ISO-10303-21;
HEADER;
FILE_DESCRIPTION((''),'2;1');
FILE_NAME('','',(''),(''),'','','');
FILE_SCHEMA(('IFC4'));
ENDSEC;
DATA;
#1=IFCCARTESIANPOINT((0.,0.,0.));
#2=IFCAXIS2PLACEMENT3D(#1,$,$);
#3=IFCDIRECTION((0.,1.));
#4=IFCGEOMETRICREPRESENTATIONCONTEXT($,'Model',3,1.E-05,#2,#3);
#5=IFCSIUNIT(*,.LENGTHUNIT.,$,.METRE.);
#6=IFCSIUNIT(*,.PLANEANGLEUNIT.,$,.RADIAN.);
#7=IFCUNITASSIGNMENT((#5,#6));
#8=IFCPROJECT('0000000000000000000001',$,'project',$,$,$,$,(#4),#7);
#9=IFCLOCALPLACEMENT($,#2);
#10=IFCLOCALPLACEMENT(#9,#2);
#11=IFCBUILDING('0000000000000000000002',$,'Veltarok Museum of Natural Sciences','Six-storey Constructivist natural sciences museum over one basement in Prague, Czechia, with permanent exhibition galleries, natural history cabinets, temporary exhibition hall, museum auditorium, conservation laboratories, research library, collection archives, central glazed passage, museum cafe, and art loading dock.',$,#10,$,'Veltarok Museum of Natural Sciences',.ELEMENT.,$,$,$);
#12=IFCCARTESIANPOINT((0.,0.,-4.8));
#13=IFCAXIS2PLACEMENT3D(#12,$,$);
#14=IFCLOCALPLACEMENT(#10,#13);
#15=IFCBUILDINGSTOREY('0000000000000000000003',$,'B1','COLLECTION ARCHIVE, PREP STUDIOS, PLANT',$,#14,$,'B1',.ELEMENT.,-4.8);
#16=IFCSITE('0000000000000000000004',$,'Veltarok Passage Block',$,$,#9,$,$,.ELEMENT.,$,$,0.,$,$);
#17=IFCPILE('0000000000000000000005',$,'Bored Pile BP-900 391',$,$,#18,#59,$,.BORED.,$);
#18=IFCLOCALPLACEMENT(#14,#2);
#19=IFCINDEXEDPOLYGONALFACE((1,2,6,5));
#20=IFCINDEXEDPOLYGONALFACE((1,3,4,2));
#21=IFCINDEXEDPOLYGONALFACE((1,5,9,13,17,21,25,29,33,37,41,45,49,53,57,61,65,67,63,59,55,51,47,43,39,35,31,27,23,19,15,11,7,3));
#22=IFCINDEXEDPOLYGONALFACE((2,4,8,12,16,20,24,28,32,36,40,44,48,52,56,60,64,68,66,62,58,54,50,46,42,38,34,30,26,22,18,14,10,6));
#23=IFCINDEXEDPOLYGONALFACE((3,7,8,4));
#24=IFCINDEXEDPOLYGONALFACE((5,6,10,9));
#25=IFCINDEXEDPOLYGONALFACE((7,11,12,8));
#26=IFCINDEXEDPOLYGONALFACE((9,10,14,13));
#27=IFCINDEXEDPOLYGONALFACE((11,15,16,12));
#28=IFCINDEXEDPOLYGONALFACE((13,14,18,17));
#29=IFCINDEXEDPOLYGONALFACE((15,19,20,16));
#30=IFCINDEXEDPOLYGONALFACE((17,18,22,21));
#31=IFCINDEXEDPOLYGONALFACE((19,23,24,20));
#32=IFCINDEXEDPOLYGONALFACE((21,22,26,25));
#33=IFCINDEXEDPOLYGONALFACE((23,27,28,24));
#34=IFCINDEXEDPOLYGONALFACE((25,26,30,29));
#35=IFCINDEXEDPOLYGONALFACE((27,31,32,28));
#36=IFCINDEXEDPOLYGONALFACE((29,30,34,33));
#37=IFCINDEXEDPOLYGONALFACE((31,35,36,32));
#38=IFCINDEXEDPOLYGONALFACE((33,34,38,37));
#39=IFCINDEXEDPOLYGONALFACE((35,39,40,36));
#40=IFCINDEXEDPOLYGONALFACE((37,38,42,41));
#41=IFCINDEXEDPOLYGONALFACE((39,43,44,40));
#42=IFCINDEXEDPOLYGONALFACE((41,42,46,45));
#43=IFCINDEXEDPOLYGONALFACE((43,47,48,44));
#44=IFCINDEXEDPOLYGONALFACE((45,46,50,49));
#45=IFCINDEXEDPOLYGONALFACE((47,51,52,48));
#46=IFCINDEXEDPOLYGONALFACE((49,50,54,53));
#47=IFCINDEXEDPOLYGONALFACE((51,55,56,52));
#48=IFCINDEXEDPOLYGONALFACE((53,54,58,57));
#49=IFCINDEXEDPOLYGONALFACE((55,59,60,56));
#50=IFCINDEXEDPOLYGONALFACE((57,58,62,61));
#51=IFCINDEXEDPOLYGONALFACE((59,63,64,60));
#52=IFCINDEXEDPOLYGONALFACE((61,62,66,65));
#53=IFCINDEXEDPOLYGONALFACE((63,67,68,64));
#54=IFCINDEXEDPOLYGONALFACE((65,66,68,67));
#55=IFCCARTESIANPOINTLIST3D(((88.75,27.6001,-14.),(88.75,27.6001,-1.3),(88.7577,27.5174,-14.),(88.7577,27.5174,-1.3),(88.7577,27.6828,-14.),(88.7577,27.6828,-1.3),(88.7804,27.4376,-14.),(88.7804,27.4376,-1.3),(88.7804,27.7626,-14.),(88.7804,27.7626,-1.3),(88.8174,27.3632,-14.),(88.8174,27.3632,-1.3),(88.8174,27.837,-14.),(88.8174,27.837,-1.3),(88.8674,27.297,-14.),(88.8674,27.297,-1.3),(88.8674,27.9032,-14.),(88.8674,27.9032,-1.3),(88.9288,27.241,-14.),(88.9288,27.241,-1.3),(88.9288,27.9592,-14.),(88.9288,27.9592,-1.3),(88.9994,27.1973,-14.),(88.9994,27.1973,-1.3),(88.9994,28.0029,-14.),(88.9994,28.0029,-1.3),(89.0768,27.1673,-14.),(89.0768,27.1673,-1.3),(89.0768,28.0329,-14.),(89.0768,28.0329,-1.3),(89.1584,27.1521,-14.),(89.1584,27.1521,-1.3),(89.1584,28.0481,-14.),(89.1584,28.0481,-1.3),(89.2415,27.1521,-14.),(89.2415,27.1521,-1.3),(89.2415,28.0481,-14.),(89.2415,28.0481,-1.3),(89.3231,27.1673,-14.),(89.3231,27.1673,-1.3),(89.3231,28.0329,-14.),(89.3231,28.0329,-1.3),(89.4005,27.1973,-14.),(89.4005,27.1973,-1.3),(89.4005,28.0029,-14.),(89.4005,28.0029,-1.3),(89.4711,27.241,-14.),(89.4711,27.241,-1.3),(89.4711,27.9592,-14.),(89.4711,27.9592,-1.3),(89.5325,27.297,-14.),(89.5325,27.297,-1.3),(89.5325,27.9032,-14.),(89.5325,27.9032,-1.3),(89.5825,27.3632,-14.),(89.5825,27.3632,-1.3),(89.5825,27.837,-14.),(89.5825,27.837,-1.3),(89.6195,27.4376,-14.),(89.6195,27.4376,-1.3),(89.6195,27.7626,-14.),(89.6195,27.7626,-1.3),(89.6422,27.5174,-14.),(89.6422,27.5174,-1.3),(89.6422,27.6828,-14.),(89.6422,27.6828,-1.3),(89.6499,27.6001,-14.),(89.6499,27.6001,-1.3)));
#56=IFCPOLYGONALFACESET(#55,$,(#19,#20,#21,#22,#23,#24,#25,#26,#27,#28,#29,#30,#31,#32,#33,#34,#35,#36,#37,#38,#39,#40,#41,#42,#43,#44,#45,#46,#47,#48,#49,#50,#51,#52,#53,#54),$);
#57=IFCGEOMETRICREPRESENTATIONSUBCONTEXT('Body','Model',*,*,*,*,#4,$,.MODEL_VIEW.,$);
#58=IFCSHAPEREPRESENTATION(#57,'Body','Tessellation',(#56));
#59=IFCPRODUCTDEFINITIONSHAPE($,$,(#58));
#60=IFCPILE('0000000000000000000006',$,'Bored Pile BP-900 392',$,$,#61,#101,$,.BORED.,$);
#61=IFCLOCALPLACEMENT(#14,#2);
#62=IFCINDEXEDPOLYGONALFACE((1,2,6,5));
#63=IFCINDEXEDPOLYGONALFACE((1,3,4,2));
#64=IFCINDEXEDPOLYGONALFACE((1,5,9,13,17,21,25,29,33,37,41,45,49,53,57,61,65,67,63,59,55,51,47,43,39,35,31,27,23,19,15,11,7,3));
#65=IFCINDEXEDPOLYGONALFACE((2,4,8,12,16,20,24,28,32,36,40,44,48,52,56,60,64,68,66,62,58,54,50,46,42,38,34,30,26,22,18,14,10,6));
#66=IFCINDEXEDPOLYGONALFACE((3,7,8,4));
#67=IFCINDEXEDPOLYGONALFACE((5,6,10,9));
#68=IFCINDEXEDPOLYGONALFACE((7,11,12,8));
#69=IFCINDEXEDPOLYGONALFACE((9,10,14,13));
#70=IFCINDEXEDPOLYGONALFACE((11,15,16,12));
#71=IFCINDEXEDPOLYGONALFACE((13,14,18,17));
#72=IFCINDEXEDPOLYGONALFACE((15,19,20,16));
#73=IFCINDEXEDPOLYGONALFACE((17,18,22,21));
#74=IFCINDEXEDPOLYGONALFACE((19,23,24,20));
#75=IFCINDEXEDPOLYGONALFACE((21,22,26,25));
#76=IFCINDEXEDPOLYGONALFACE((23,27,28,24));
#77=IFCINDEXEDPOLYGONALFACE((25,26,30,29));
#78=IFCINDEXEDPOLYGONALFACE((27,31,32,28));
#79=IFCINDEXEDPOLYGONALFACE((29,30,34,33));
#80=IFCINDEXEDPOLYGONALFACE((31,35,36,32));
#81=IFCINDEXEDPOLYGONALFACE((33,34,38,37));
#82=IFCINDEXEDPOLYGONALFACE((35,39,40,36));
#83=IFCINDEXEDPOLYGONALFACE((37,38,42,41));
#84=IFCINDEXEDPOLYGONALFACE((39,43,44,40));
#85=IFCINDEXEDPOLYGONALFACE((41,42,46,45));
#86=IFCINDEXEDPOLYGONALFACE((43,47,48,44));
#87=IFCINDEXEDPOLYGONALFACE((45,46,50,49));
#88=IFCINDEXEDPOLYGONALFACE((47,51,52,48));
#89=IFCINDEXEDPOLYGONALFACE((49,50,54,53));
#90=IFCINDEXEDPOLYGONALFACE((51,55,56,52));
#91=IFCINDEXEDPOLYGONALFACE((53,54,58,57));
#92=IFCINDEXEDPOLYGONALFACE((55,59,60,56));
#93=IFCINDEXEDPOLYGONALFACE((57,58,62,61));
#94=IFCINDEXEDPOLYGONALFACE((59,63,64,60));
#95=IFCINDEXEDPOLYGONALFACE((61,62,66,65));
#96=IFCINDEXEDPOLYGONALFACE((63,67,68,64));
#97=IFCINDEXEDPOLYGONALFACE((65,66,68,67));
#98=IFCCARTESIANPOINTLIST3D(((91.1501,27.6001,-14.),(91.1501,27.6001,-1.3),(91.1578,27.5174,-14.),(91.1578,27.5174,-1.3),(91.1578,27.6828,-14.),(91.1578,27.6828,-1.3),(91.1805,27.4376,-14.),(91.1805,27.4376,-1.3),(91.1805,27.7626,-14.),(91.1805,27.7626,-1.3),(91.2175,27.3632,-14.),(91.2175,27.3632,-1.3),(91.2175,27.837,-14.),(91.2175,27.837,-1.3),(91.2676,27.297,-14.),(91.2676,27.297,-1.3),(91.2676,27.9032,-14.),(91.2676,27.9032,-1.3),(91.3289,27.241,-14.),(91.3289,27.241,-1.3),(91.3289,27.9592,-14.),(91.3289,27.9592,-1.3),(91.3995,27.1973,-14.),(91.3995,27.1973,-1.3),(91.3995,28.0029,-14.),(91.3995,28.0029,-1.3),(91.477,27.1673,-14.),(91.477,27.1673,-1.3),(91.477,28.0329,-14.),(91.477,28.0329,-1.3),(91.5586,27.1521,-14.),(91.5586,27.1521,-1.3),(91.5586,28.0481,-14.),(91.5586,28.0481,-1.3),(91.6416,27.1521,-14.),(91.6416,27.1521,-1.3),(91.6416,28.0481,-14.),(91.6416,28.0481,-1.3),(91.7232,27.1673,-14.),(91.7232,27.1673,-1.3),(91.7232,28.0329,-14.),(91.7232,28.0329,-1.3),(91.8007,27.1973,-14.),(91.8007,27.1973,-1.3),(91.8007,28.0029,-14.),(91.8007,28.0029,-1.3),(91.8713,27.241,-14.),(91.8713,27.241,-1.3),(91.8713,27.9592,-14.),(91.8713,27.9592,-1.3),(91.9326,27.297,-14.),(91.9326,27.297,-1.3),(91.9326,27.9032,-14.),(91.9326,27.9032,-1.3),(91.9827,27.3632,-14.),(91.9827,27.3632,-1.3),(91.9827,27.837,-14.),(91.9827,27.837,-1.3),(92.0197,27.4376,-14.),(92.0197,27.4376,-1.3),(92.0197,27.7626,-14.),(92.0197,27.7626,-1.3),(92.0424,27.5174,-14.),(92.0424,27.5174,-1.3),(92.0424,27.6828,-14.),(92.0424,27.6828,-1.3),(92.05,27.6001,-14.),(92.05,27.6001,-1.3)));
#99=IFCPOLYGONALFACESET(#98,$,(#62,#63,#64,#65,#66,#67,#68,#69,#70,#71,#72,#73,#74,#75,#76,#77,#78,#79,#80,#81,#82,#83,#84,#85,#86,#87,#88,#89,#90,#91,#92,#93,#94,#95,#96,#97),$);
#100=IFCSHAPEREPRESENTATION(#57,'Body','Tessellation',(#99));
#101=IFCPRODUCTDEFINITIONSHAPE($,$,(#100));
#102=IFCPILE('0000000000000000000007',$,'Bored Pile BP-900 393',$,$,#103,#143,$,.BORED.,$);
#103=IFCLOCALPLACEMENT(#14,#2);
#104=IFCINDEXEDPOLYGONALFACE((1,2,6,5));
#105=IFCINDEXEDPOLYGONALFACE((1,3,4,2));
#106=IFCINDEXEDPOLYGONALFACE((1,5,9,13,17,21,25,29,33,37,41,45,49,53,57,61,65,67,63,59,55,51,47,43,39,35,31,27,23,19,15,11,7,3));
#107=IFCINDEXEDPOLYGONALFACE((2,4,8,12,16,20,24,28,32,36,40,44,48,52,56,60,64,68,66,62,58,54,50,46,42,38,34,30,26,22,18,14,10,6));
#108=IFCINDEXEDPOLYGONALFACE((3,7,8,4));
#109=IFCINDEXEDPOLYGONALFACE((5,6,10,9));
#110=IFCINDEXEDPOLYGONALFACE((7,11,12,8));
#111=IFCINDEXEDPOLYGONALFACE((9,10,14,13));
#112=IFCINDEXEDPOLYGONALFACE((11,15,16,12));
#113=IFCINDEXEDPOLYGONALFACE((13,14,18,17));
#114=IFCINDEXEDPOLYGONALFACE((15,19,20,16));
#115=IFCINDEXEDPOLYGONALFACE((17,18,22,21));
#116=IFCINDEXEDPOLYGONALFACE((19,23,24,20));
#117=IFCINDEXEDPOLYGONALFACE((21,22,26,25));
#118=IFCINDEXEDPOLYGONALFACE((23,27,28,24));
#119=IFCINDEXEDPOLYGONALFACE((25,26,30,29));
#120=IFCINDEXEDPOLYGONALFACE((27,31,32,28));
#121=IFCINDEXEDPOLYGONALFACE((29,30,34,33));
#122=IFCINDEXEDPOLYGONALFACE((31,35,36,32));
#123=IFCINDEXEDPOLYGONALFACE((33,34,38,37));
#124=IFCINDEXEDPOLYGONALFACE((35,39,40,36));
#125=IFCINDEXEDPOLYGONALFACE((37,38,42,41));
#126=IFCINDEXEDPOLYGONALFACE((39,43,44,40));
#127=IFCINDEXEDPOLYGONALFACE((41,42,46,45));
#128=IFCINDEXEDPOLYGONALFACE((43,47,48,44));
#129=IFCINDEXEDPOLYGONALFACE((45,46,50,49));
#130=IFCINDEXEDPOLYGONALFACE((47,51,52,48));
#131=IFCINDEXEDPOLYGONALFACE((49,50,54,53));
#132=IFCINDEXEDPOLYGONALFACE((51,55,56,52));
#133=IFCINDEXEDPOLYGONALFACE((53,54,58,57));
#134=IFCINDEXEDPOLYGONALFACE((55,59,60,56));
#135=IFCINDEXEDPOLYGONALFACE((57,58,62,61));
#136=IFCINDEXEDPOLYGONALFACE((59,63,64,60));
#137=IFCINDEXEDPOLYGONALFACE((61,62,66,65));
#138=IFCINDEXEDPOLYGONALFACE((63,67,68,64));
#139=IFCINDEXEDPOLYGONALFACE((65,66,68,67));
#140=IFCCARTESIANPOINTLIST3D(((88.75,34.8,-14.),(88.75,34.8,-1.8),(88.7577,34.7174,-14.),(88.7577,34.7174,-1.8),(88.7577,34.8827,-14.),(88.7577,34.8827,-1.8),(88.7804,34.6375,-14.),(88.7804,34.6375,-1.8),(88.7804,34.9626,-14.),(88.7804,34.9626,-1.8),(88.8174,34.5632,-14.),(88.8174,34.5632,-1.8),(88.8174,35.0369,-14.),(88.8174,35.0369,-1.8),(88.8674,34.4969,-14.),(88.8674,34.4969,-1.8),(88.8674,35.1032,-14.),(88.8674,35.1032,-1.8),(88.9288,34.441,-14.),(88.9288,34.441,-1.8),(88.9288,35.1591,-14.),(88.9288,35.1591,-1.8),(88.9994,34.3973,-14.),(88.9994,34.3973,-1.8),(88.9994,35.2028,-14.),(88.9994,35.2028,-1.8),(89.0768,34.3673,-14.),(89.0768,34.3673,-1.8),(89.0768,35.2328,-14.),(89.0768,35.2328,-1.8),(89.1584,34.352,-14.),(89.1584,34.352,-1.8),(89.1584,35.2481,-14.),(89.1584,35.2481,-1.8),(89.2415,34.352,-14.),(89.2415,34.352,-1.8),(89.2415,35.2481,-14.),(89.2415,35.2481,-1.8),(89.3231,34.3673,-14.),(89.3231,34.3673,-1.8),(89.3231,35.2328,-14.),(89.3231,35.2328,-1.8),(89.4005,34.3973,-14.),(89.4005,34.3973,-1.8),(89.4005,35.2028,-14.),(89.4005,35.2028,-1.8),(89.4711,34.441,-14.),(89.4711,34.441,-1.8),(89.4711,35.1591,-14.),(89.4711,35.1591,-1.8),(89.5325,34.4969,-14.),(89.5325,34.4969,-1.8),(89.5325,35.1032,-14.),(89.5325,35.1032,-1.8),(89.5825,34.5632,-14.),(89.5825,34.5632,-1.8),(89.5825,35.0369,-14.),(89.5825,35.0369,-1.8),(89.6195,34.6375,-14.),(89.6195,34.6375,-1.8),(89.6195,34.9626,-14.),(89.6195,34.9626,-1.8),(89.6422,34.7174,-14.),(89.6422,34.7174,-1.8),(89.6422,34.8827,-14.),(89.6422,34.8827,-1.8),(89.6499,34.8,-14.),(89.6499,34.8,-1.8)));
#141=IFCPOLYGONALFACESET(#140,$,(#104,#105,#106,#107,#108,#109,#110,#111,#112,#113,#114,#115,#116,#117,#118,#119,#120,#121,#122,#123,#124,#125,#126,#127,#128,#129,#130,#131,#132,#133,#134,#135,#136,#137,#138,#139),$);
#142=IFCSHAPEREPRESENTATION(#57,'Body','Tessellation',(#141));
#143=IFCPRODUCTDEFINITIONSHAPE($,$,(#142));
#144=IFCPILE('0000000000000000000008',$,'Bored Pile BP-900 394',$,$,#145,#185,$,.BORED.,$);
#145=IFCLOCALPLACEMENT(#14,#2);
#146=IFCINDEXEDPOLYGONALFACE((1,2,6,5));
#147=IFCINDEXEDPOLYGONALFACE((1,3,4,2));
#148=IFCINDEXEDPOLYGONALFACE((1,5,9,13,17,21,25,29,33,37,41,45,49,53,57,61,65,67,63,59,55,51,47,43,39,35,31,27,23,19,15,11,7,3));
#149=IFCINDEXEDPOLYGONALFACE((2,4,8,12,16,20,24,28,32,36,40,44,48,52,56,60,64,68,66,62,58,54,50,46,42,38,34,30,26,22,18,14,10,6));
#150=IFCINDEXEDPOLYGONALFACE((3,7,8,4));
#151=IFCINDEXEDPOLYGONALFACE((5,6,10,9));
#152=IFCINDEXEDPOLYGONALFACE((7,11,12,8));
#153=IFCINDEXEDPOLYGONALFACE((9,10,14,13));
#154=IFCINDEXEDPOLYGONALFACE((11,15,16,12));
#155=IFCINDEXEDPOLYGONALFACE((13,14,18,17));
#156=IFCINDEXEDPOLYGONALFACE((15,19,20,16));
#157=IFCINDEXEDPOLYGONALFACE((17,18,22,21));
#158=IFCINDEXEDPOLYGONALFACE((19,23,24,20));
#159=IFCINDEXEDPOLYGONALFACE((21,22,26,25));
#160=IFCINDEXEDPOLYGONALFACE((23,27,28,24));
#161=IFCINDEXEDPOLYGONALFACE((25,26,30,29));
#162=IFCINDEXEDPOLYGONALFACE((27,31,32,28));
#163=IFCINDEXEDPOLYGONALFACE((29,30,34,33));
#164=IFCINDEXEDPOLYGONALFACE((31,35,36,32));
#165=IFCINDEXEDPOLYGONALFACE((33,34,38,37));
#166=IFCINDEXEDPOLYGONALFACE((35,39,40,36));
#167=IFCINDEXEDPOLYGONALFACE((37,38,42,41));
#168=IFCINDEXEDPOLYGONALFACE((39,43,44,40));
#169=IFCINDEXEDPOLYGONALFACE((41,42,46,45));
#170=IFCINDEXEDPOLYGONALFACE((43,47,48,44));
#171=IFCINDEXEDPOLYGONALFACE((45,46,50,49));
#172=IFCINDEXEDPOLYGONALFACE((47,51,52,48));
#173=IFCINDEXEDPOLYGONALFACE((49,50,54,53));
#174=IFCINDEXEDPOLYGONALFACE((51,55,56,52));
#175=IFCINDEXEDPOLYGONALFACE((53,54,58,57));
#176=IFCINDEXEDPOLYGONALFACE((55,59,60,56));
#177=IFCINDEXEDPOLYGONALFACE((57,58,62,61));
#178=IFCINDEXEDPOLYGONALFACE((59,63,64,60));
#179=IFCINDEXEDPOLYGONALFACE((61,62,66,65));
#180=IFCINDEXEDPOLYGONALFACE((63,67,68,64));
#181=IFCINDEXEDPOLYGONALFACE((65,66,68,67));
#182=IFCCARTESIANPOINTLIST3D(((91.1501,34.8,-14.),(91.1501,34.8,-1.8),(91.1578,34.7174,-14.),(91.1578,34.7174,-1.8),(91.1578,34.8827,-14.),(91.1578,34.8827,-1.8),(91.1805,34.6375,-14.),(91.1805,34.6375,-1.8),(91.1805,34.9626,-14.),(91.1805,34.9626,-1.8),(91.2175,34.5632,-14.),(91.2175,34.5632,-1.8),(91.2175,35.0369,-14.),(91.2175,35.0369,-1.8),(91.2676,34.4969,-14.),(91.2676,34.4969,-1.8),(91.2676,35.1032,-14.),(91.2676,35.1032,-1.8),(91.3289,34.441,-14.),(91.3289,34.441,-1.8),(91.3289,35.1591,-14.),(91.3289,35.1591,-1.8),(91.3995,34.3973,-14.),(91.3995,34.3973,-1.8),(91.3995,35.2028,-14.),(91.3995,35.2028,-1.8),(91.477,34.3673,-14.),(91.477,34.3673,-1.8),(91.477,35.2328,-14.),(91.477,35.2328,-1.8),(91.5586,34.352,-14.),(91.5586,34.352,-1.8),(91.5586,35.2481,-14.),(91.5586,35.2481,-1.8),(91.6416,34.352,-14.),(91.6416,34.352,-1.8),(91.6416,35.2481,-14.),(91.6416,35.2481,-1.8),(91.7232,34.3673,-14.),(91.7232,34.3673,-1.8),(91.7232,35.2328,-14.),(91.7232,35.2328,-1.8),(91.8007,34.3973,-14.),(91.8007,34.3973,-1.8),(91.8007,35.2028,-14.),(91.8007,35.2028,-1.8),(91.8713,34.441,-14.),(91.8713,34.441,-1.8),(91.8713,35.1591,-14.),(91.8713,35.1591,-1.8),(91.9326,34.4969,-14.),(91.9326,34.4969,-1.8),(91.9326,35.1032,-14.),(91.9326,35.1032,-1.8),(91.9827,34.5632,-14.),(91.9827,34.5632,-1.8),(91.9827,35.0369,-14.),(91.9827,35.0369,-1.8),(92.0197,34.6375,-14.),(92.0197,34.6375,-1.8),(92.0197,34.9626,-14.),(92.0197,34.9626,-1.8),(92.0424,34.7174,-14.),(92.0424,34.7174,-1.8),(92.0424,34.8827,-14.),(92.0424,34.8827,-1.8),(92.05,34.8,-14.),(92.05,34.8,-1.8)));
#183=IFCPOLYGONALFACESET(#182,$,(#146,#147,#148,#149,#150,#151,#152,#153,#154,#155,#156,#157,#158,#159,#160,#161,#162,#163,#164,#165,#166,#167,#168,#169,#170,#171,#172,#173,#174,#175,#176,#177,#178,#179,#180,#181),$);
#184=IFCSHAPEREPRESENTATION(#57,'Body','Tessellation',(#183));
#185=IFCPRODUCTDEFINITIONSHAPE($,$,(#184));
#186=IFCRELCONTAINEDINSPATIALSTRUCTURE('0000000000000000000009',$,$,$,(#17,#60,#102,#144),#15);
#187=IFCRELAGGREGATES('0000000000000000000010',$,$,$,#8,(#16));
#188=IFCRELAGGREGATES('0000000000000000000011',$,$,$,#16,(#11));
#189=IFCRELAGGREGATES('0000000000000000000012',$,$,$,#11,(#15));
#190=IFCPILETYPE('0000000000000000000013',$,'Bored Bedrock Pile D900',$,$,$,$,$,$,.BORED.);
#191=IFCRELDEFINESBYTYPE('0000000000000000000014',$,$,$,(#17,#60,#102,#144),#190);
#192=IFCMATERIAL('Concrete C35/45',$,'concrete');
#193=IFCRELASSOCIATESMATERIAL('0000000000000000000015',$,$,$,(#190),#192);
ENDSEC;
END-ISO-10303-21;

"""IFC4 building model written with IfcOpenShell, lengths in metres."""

from ifc_helpers import new_model, si_unit, direction, frame, origin, origin_2d, place, context, subcontext, project, spatial, circle, extrude, material, material_profile, profile_set, type_object, element, save


model = new_model("IFC4")

# Units and contexts
model_context = context("Model", 3, precision=1e-05, world=origin(), true_north=direction((0.0, 1.0)))
body_context = subcontext(model_context, "Body", "Model", "MODEL_VIEW")
ifc_project = project(units=[si_unit("LENGTHUNIT", "METRE"), si_unit("PLANEANGLEUNIT", "RADIAN")], contexts=[model_context])

# Site, building, storey
site_placement = place(None, origin())
site = spatial("IfcSite", under=ifc_project, at=site_placement, Name="Veltarok Passage Block", CompositionType="ELEMENT", RefElevation=0.0)
building_placement = place(site_placement, origin())
building = spatial("IfcBuilding", under=site, at=building_placement, Name="Veltarok Museum of Natural Sciences", Description="Six-storey Constructivist natural sciences museum over one basement in Prague, Czechia, with permanent exhibition galleries, natural history cabinets, temporary exhibition hall, museum auditorium, conservation laboratories, research library, collection archives, central glazed passage, museum cafe, and art loading dock.", LongName="Veltarok Museum of Natural Sciences", CompositionType="ELEMENT")
storey_placement = place(building_placement, frame((0.0, 0.0, -4.8)))
storey = spatial("IfcBuildingStorey", under=building, at=storey_placement, Name="B1", Description="COLLECTION ARCHIVE, PREP STUDIOS, PLANT", LongName="B1", CompositionType="ELEMENT", Elevation=-4.8)

# Piles
ifc_material_1 = material(Name="Concrete C35/45", Category="concrete")
ifc_material_profile_1 = material_profile(ifc_material_1, circle(Radius=0.45, at=origin_2d()), Name="BP D900")
ifc_profile_set_1 = profile_set([ifc_material_profile_1], Name="Concrete C35/45")
pile_type = type_object("IfcPileType", Name="Bored Bedrock Pile D900", PredefinedType="BORED", material=ifc_profile_set_1)
for number, where, z_axis, x_axis, name in (
    (1, (89.2, 27.6001, -1.3), (0.0, 0.0, -1.0), (1.0, 0.0, 0.0), "Bored Pile BP-900 391"),
    (2, (91.6001, 27.6001, -1.3), (0.0, 0.0, -1.0), (1.0, 0.0, 0.0), "Bored Pile BP-900 392"),
):
    element("IfcPile", number, at=place(storey_placement, frame(where, z_axis=z_axis, x_axis=x_axis)), inside=storey, type_object=pile_type, Name=name, PredefinedType="BORED", context=body_context, shape_type="SweptSolid", body=[
        extrude(circle(Radius=0.45, at=origin_2d()), origin(), (0.0, 0.0, 1.0), 12.7),
    ])
for number, where, z_axis, x_axis, name in (
    (3, (89.2, 34.8, -1.8), (0.0, 0.0, -1.0), (1.0, 0.0, 0.0), "Bored Pile BP-900 393"),
    (4, (91.6001, 34.8, -1.8), (0.0, 0.0, -1.0), (1.0, 0.0, 0.0), "Bored Pile BP-900 394"),
):
    element("IfcPile", number, at=place(storey_placement, frame(where, z_axis=z_axis, x_axis=x_axis)), inside=storey, type_object=pile_type, Name=name, PredefinedType="BORED", context=body_context, shape_type="SweptSolid", body=[
        extrude(circle(Radius=0.45, at=origin_2d()), origin(), (0.0, 0.0, 1.0), 12.2),
    ])

save(model, "model.ifc")
